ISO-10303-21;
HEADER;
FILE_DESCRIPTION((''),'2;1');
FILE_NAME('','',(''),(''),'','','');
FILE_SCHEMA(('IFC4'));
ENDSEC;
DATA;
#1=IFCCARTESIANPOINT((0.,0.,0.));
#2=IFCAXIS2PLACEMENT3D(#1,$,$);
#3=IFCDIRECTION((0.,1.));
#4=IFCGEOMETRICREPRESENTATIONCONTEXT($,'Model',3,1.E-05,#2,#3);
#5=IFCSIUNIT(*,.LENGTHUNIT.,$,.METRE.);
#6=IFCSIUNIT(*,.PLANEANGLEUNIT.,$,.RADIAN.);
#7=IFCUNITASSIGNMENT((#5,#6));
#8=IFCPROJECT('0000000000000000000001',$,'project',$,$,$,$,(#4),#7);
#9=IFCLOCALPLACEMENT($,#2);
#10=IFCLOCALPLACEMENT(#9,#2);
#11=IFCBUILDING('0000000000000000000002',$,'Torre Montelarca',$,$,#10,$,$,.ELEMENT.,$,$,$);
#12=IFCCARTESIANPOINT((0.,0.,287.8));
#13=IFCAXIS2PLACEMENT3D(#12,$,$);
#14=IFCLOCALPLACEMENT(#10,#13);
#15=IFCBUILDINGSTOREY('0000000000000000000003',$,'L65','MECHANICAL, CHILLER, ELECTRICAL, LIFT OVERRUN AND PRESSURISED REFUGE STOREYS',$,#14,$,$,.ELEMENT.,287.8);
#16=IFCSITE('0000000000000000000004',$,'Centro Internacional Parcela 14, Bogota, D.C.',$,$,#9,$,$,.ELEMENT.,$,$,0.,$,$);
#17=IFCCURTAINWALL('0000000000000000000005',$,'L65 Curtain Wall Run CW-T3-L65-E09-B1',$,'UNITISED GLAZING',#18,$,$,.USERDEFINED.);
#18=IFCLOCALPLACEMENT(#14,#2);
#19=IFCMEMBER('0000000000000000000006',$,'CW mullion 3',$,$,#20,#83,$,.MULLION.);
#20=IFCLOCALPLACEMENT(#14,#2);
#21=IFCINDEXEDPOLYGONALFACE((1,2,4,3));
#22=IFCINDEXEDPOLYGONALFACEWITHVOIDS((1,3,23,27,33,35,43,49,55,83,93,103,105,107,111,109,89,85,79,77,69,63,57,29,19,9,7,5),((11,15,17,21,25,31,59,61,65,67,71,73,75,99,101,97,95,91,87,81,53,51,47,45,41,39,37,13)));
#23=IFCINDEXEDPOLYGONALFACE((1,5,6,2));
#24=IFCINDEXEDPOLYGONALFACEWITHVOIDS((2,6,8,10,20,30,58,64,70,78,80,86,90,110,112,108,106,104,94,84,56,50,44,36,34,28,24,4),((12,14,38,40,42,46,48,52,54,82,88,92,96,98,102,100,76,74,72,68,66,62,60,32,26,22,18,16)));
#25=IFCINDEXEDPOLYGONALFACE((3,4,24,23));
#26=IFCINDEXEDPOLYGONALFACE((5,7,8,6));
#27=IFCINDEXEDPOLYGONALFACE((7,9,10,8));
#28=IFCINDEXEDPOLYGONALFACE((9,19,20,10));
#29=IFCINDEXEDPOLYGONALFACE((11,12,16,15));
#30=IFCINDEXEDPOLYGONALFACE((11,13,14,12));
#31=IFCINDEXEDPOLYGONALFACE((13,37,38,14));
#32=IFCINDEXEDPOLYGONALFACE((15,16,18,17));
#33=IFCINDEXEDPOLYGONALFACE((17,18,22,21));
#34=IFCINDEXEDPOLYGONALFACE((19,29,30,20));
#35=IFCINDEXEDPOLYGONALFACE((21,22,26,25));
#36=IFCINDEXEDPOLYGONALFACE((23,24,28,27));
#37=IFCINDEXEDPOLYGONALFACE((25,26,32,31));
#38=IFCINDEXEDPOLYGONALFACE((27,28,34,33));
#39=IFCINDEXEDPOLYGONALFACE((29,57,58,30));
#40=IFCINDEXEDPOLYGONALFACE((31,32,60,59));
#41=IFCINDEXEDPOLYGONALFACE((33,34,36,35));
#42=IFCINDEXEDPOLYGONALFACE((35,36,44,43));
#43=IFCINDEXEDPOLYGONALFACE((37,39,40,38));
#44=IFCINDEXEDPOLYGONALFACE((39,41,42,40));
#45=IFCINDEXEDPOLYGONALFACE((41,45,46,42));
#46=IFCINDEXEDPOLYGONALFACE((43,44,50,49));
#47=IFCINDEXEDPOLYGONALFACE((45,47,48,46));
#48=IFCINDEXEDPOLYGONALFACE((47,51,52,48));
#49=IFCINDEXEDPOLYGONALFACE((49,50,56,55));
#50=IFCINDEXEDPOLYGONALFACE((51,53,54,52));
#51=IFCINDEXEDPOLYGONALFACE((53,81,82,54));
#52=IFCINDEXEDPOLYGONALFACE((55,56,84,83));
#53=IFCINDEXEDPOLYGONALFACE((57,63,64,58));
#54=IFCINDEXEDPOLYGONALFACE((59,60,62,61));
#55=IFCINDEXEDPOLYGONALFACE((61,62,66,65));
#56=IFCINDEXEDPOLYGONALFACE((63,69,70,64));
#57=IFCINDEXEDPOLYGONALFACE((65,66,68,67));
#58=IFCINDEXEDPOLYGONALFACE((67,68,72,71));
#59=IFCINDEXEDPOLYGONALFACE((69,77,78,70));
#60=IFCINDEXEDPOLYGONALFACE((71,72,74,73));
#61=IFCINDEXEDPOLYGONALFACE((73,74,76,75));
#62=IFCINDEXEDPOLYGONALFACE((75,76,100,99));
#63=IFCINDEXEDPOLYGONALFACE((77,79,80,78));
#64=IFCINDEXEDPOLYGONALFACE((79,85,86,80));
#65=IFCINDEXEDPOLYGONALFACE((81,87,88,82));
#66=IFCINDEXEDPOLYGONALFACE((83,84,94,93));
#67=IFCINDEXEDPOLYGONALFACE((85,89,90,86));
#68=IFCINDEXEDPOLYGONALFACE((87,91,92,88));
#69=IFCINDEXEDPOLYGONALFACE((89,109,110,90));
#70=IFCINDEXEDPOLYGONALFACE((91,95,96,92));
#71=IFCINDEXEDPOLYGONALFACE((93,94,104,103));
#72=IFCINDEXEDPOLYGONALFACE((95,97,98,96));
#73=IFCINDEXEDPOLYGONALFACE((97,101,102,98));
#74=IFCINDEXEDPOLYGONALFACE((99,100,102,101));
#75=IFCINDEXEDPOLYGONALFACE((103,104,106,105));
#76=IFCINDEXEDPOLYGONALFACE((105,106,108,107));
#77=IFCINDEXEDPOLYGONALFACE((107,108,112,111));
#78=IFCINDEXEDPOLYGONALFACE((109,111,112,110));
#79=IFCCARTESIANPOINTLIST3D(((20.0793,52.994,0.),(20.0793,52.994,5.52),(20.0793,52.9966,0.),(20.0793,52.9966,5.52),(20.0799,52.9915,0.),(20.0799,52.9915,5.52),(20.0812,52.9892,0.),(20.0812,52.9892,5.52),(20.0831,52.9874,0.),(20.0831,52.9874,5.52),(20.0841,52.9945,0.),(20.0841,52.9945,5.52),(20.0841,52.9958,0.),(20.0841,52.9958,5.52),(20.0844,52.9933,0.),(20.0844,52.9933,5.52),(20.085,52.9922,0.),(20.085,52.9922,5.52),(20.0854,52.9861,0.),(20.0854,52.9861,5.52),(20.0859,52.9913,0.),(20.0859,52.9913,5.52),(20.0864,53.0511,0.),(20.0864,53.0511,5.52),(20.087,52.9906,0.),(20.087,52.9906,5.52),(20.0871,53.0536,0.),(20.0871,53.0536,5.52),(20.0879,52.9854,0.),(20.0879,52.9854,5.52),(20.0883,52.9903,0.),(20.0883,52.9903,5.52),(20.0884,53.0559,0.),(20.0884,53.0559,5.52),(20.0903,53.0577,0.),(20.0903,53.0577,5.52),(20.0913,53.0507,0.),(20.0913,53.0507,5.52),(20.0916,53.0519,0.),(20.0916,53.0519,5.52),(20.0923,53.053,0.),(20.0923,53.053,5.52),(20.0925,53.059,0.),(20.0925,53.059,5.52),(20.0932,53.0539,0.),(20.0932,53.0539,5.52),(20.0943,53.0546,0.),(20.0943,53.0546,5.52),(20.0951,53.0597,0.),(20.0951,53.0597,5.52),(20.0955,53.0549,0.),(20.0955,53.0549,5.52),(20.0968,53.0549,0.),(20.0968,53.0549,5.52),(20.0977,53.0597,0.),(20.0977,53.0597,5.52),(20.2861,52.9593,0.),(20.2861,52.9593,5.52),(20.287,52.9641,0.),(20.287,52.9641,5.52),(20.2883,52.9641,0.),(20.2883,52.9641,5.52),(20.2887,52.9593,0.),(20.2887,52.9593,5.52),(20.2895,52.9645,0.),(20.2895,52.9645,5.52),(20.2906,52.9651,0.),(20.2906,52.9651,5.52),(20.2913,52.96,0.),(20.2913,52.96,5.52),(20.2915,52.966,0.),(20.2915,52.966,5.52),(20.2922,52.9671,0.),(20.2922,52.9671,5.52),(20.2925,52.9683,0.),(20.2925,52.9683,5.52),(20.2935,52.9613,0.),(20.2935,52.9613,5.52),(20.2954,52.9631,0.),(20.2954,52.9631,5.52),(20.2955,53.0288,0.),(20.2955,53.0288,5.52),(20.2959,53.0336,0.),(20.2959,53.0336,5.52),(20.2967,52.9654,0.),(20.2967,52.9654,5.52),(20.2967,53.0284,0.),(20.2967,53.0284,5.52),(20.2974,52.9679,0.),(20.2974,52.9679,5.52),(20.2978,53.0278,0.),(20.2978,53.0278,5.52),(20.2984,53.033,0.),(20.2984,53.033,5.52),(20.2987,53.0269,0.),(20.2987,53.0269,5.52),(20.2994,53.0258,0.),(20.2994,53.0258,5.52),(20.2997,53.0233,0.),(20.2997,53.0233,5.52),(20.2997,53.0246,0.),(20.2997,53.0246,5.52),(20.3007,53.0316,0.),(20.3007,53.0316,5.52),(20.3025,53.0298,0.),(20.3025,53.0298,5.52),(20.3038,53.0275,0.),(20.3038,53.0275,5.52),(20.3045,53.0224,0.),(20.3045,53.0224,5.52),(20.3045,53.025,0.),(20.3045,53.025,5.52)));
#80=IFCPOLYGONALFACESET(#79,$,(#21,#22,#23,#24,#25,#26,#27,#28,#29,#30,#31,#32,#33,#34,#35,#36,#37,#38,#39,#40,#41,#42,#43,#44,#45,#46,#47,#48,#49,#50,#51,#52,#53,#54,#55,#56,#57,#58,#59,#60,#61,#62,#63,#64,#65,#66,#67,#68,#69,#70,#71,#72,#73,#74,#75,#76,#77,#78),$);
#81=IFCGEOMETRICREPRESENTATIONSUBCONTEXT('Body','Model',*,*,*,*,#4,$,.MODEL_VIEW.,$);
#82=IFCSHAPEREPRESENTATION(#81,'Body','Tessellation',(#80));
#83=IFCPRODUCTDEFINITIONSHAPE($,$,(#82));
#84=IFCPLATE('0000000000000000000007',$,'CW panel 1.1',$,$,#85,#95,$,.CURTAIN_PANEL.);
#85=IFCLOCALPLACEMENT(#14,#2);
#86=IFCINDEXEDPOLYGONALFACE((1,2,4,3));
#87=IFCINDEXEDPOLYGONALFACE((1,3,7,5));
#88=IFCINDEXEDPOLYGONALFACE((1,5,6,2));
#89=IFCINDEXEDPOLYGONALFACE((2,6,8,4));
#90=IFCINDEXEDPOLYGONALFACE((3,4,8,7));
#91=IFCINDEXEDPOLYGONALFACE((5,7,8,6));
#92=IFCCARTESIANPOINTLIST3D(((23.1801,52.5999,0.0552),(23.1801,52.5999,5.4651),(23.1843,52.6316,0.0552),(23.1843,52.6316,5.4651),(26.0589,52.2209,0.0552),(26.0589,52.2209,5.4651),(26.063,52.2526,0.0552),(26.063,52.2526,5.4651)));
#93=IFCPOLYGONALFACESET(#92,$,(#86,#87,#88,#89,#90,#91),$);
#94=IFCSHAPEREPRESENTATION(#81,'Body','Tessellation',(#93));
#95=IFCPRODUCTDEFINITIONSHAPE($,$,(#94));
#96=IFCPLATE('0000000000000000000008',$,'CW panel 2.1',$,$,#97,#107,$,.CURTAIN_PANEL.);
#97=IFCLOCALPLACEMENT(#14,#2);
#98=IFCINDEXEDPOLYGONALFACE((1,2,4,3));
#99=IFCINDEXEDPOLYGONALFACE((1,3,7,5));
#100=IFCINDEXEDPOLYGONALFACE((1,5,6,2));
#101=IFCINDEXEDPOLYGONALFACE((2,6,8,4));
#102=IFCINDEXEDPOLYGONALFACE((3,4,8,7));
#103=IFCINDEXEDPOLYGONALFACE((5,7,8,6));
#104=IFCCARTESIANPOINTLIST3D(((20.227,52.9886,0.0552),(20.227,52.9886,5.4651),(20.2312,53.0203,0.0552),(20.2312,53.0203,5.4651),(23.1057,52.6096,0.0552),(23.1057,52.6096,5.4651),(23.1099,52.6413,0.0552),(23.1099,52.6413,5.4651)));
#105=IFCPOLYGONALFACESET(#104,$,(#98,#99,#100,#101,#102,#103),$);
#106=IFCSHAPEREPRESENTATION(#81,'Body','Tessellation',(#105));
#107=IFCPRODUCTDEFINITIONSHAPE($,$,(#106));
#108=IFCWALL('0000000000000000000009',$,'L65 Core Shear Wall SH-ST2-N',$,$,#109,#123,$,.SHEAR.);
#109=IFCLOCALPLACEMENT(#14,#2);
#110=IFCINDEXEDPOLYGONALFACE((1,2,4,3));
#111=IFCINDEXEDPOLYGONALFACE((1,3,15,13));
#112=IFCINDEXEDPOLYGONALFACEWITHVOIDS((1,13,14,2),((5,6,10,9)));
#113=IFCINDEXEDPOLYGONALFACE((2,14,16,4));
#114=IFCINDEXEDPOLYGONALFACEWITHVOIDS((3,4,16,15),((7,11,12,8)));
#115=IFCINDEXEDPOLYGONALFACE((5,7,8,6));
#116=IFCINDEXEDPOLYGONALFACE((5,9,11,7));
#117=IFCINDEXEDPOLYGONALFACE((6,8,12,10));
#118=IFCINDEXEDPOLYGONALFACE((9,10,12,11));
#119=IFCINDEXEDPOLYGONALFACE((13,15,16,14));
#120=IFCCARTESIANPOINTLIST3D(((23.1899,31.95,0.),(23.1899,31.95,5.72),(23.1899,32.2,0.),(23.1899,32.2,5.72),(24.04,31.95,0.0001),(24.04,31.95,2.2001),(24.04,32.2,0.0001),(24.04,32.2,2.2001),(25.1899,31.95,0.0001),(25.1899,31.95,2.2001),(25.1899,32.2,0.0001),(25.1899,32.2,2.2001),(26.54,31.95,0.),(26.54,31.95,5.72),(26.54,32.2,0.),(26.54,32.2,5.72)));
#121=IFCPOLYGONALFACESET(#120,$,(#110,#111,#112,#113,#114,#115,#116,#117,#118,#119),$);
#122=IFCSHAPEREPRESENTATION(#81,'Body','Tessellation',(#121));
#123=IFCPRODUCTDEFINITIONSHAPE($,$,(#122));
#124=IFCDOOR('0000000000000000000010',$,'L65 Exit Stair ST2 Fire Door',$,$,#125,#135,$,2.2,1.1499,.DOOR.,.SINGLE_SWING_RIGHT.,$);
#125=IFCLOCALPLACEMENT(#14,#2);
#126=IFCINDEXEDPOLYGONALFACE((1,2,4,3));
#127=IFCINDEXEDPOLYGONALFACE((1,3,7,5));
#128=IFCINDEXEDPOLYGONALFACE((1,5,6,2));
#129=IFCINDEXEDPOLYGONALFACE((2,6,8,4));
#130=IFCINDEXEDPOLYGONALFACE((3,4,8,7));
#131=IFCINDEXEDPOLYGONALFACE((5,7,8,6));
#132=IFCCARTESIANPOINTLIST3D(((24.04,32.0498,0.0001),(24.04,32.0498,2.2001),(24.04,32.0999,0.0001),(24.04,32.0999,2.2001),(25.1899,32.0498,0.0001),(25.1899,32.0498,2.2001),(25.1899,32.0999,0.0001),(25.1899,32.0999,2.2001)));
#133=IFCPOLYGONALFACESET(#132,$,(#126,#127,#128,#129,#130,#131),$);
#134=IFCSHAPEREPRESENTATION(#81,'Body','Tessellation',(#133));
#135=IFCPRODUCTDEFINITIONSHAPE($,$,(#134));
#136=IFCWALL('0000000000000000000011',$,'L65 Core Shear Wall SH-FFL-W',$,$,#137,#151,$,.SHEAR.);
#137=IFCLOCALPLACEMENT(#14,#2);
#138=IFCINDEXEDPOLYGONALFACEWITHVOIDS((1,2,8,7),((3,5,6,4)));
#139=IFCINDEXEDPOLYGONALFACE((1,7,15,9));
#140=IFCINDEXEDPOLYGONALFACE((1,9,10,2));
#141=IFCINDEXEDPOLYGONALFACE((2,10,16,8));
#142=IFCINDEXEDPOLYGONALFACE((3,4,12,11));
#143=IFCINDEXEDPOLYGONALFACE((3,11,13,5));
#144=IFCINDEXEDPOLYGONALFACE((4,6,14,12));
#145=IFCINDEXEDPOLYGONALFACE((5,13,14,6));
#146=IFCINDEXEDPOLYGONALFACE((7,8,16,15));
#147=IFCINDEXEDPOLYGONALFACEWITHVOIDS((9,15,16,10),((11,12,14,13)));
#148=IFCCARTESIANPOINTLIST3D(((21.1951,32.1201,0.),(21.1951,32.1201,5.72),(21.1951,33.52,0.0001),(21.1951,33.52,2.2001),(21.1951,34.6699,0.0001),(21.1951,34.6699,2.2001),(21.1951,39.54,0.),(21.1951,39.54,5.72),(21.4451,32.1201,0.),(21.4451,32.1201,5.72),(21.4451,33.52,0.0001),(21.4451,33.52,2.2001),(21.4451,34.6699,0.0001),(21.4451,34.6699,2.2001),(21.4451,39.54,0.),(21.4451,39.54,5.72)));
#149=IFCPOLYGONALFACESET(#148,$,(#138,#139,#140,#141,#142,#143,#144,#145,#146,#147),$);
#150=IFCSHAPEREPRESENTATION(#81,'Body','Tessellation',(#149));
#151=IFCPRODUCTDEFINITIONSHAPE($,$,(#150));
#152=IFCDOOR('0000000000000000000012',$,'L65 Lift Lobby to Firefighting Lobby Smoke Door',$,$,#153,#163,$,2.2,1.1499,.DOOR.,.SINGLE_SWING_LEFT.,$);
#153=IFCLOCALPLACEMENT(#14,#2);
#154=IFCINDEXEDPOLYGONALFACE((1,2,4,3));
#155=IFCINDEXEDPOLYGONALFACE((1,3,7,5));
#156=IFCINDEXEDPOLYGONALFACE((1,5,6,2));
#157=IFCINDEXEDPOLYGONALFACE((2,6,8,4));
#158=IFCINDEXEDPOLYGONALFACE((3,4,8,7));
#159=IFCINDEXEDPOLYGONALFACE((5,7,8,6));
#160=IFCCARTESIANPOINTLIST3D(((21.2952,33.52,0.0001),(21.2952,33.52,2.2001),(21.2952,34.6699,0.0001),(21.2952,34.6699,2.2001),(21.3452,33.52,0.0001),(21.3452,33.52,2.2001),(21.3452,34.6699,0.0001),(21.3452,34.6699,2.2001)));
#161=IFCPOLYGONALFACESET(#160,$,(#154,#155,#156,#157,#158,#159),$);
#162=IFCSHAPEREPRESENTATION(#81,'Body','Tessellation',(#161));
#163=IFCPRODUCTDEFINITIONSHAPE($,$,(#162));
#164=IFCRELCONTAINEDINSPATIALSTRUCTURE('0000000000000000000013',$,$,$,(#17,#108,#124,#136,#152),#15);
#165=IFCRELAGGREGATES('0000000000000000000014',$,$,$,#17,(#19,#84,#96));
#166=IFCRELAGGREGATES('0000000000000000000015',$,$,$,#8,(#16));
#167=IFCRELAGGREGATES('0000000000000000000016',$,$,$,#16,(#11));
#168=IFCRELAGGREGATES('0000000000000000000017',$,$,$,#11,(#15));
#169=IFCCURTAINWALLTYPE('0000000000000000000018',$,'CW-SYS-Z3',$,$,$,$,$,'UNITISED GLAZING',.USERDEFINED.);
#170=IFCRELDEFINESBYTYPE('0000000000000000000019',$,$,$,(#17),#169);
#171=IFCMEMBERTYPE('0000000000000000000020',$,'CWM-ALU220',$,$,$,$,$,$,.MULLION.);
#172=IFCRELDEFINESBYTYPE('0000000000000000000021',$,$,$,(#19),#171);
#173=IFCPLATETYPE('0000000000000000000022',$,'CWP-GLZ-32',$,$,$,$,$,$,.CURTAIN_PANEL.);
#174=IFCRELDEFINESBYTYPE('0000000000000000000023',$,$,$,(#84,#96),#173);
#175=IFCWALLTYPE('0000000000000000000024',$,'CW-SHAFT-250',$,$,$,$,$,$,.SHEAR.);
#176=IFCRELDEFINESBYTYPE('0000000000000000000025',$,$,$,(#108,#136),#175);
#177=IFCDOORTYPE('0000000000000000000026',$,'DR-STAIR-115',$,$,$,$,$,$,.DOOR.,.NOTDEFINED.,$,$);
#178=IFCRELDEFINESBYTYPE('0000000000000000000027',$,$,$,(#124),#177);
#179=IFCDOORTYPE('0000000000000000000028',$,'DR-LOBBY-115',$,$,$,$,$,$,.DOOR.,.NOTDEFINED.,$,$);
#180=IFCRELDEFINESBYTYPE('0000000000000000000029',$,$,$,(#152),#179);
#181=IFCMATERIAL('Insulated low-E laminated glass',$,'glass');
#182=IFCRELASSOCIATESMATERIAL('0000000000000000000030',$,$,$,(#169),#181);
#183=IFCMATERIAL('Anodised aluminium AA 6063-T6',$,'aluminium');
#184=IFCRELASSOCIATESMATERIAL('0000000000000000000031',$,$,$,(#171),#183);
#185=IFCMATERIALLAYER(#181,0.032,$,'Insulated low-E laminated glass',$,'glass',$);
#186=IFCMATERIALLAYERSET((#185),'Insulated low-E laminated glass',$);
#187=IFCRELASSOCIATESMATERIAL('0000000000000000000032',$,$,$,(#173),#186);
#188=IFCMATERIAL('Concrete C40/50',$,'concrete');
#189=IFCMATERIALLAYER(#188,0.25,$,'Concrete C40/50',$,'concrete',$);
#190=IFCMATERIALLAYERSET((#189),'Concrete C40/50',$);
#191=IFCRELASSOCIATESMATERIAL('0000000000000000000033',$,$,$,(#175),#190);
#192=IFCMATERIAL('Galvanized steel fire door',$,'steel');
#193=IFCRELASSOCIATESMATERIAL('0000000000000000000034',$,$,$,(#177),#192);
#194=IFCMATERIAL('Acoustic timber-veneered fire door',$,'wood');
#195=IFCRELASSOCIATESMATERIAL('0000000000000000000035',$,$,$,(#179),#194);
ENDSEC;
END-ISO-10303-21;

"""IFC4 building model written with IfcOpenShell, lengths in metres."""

from ifc_helpers import new_model, si_unit, direction, frame, frame_2d, origin, origin_2d, place, context, subcontext, project, spatial, rectangle, hollow_rectangle, extrude, source, transform, mapped, material, layer, layer_set, material_profile, profile_set, type_object, element, fill, aggregate, save


model = new_model("IFC4")

# Units and contexts
model_context = context("Model", 3, precision=1e-05, world=origin(), true_north=direction((0.0, 1.0)))
body_context = subcontext(model_context, "Body", "Model", "MODEL_VIEW")
ifc_project = project(units=[si_unit("LENGTHUNIT", "METRE"), si_unit("PLANEANGLEUNIT", "RADIAN")], contexts=[model_context])

# Site, building, storey
site_placement = place(None, origin())
site = spatial("IfcSite", under=ifc_project, at=site_placement, Name="Centro Internacional Parcela 14, Bogota, D.C.", CompositionType="ELEMENT", RefElevation=0.0)
building_placement = place(site_placement, origin())
building = spatial("IfcBuilding", under=site, at=building_placement, Name="Torre Montelarca", CompositionType="ELEMENT")
storey_placement = place(building_placement, frame((0.0, 0.0, 287.8)))
storey = spatial("IfcBuildingStorey", under=building, at=storey_placement, Name="L65", Description="MECHANICAL, CHILLER, ELECTRICAL, LIFT OVERRUN AND PRESSURISED REFUGE STOREYS", CompositionType="ELEMENT", Elevation=287.8)

# Curtain wall, member, plates
ifc_material_1 = material(Name="Insulated low-E laminated glass", Category="glass")
curtain_wall_type = type_object("IfcCurtainWallType", Name="CW-SYS-Z3", ElementType="UNITISED GLAZING", PredefinedType="USERDEFINED", material=ifc_material_1)
curtain_wall_placement = place(storey_placement, origin())
curtain_wall = element("IfcCurtainWall", 1, at=curtain_wall_placement, inside=storey, type_object=curtain_wall_type, Name="L65 Curtain Wall Run CW-T3-L65-E09-B1", ObjectType="UNITISED GLAZING", PredefinedType="USERDEFINED")
ifc_material_2 = material(Name="Anodised aluminium AA 6063-T6", Category="aluminium")
ifc_material_profile_1 = material_profile(ifc_material_2, hollow_rectangle(XDim=0.075, YDim=0.22, WallThickness=0.0049, InnerFilletRadius=0.0049, OuterFilletRadius=0.01, at=origin_2d()), Name="ALU75X220X5", Category="aluminium")
ifc_profile_set_1 = profile_set([ifc_material_profile_1], Name="Anodised aluminium AA 6063-T6")
member_type_1 = type_object("IfcMemberType", Name="CWM-ALU220", PredefinedType="MULLION", material=ifc_profile_set_1)
shared_shape_1 = source(origin(), body_context, "Body", "SweptSolid", [
    extrude(hollow_rectangle(XDim=0.075, YDim=0.22, WallThickness=0.0049, InnerFilletRadius=0.0049, OuterFilletRadius=0.01, at=origin_2d()), origin(), (0.0, 0.0, 1.0), 5.52),
])
member_1_placement = place(storey_placement, frame((20.1919, 53.0095, 0.0), z_axis=(0.0, 0.0, 1.0), x_axis=(-0.130514, -0.991446, 0.0)))
member_1 = element("IfcMember", 2, at=member_1_placement, type_object=member_type_1, Name="CW mullion 3", PredefinedType="MULLION", context=body_context, shape_type="MappedRepresentation", body=[
    mapped(shared_shape_1, transform((0.0, 0.0, 0.0), scale=1.0)),
])
ifc_layer_1 = layer(ifc_material_1, 0.032, Name="Insulated low-E laminated glass", Category="glass")
ifc_layer_set_1 = layer_set([ifc_layer_1], Name="Insulated low-E laminated glass")
plate_type = type_object("IfcPlateType", Name="CWP-GLZ-32", PredefinedType="CURTAIN_PANEL", material=ifc_layer_set_1)
shared_shape_2 = source(origin(), body_context, "Body", "SweptSolid", [
    extrude(rectangle(XDim=2.9036, YDim=0.032, at=origin_2d()), origin(), (0.0, 0.0, 1.0), 5.4099),
])
plate_1_placement = place(storey_placement, frame((24.6216, 52.4263, 0.0552), z_axis=(0.0, 0.0, 1.0), x_axis=(-0.991446, 0.130514, 0.0)))
plate_1 = element("IfcPlate", 3, at=plate_1_placement, type_object=plate_type, Name="CW panel 1.1", PredefinedType="CURTAIN_PANEL", context=body_context, shape_type="MappedRepresentation", body=[
    mapped(shared_shape_2, transform((0.0, 0.0, 0.0), scale=1.0)),
])
plate_2_placement = place(storey_placement, frame((21.6685, 52.8149, 0.0552), z_axis=(0.0, 0.0, 1.0), x_axis=(-0.991446, 0.130514, 0.0)))
plate_2 = element("IfcPlate", 4, at=plate_2_placement, type_object=plate_type, Name="CW panel 2.1", PredefinedType="CURTAIN_PANEL", context=body_context, shape_type="MappedRepresentation", body=[
    mapped(shared_shape_2, transform((0.0, 0.0, 0.0), scale=1.0)),
])
aggregate(curtain_wall, [member_1, plate_1, plate_2])

# Walls, openings, doors
ifc_material_3 = material(Name="Concrete C40/50", Category="concrete")
ifc_layer_2 = layer(ifc_material_3, 0.25, Name="Concrete C40/50", Category="concrete")
ifc_layer_set_2 = layer_set([ifc_layer_2], Name="Concrete C40/50")
wall_type_1 = type_object("IfcWallType", Name="CW-SHAFT-250", PredefinedType="SHEAR", material=ifc_layer_set_2)
wall_1_placement = place(storey_placement, frame((23.1899, 32.075, 0.0), z_axis=(0.0, 0.0, 1.0), x_axis=(1.0, 0.0, 0.0)))
wall_1 = element("IfcWall", 5, at=wall_1_placement, inside=storey, type_object=wall_type_1, Name="L65 Core Shear Wall SH-ST2-N", PredefinedType="SHEAR", context=body_context, shape_type="SweptSolid", body=[
    extrude(rectangle(XDim=3.3501, YDim=0.25, at=frame_2d((1.675, 0.0))), origin(), (0.0, 0.0, 1.0), 5.72),
])
opening_1_placement = place(wall_1_placement, frame((0.8501, 0.0, 0.0)))
opening_1 = element("IfcOpeningElement", 6, at=opening_1_placement, cuts=wall_1, PredefinedType="OPENING", context=body_context, shape_type="SweptSolid", body=[
    extrude(rectangle(XDim=1.1499, YDim=2.2, at=frame_2d((0.575, 1.1001))), frame((0.0, 0.135, 0.0), z_axis=(0.0, -1.0, 0.0), x_axis=(1.0, 0.0, 0.0)), (0.0, 0.0, 1.0), 0.27),
])
ifc_material_4 = material(Name="Galvanized steel fire door", Category="steel")
door_type_1 = type_object("IfcDoorType", Name="DR-STAIR-115", OperationType="NOTDEFINED", PredefinedType="DOOR", material=ifc_material_4)
shared_shape_3 = source(origin(), body_context, "Body", "SweptSolid", [
    extrude(rectangle(XDim=1.1499, YDim=2.2, at=frame_2d((0.575, 1.1001))), frame((0.0, 0.0249, 0.0), z_axis=(0.0, -1.0, 0.0), x_axis=(1.0, 0.0, 0.0)), (0.0, 0.0, 1.0), 0.05),
])
door_1_placement = place(opening_1_placement, origin())
door_1 = element("IfcDoor", 7, at=door_1_placement, inside=storey, type_object=door_type_1, Name="L65 Exit Stair ST2 Fire Door", OperationType="SINGLE_SWING_RIGHT", OverallHeight=2.2, OverallWidth=1.1499, PredefinedType="DOOR", context=body_context, shape_type="MappedRepresentation", body=[
    mapped(shared_shape_3, transform((0.0, 0.0, 0.0), scale=1.0)),
])
fill(opening_1, door_1)
wall_2_placement = place(storey_placement, frame((21.3201, 32.1201, 0.0), z_axis=(0.0, 0.0, 1.0), x_axis=(0.0, 1.0, 0.0)))
wall_2 = element("IfcWall", 8, at=wall_2_placement, inside=storey, type_object=wall_type_1, Name="L65 Core Shear Wall SH-FFL-W", PredefinedType="SHEAR", context=body_context, shape_type="SweptSolid", body=[
    extrude(rectangle(XDim=7.4199, YDim=0.25, at=frame_2d((3.71, 0.0))), origin(), (0.0, 0.0, 1.0), 5.72),
])
opening_2_placement = place(wall_2_placement, frame((1.3999, 0.0, 0.0)))
opening_2 = element("IfcOpeningElement", 9, at=opening_2_placement, cuts=wall_2, PredefinedType="OPENING", context=body_context, shape_type="SweptSolid", body=[
    extrude(rectangle(XDim=1.1499, YDim=2.2, at=frame_2d((0.575, 1.1001))), frame((0.0, 0.135, 0.0), z_axis=(0.0, -1.0, 0.0), x_axis=(1.0, 0.0, 0.0)), (0.0, 0.0, 1.0), 0.27),
])
ifc_material_5 = material(Name="Acoustic timber-veneered fire door", Category="wood")
door_type_2 = type_object("IfcDoorType", Name="DR-LOBBY-115", OperationType="NOTDEFINED", PredefinedType="DOOR", material=ifc_material_5)
shared_shape_4 = source(origin(), body_context, "Body", "SweptSolid", [
    extrude(rectangle(XDim=1.1499, YDim=2.2, at=frame_2d((0.575, 1.1001))), frame((0.0, 0.0249, 0.0), z_axis=(0.0, -1.0, 0.0), x_axis=(1.0, 0.0, 0.0)), (0.0, 0.0, 1.0), 0.05),
])
door_2_placement = place(opening_2_placement, origin())
door_2 = element("IfcDoor", 10, at=door_2_placement, inside=storey, type_object=door_type_2, Name="L65 Lift Lobby to Firefighting Lobby Smoke Door", OperationType="SINGLE_SWING_LEFT", OverallHeight=2.2, OverallWidth=1.1499, PredefinedType="DOOR", context=body_context, shape_type="MappedRepresentation", body=[
    mapped(shared_shape_4, transform((0.0, 0.0, 0.0), scale=1.0)),
])
fill(opening_2, door_2)

save(model, "model.ifc")
